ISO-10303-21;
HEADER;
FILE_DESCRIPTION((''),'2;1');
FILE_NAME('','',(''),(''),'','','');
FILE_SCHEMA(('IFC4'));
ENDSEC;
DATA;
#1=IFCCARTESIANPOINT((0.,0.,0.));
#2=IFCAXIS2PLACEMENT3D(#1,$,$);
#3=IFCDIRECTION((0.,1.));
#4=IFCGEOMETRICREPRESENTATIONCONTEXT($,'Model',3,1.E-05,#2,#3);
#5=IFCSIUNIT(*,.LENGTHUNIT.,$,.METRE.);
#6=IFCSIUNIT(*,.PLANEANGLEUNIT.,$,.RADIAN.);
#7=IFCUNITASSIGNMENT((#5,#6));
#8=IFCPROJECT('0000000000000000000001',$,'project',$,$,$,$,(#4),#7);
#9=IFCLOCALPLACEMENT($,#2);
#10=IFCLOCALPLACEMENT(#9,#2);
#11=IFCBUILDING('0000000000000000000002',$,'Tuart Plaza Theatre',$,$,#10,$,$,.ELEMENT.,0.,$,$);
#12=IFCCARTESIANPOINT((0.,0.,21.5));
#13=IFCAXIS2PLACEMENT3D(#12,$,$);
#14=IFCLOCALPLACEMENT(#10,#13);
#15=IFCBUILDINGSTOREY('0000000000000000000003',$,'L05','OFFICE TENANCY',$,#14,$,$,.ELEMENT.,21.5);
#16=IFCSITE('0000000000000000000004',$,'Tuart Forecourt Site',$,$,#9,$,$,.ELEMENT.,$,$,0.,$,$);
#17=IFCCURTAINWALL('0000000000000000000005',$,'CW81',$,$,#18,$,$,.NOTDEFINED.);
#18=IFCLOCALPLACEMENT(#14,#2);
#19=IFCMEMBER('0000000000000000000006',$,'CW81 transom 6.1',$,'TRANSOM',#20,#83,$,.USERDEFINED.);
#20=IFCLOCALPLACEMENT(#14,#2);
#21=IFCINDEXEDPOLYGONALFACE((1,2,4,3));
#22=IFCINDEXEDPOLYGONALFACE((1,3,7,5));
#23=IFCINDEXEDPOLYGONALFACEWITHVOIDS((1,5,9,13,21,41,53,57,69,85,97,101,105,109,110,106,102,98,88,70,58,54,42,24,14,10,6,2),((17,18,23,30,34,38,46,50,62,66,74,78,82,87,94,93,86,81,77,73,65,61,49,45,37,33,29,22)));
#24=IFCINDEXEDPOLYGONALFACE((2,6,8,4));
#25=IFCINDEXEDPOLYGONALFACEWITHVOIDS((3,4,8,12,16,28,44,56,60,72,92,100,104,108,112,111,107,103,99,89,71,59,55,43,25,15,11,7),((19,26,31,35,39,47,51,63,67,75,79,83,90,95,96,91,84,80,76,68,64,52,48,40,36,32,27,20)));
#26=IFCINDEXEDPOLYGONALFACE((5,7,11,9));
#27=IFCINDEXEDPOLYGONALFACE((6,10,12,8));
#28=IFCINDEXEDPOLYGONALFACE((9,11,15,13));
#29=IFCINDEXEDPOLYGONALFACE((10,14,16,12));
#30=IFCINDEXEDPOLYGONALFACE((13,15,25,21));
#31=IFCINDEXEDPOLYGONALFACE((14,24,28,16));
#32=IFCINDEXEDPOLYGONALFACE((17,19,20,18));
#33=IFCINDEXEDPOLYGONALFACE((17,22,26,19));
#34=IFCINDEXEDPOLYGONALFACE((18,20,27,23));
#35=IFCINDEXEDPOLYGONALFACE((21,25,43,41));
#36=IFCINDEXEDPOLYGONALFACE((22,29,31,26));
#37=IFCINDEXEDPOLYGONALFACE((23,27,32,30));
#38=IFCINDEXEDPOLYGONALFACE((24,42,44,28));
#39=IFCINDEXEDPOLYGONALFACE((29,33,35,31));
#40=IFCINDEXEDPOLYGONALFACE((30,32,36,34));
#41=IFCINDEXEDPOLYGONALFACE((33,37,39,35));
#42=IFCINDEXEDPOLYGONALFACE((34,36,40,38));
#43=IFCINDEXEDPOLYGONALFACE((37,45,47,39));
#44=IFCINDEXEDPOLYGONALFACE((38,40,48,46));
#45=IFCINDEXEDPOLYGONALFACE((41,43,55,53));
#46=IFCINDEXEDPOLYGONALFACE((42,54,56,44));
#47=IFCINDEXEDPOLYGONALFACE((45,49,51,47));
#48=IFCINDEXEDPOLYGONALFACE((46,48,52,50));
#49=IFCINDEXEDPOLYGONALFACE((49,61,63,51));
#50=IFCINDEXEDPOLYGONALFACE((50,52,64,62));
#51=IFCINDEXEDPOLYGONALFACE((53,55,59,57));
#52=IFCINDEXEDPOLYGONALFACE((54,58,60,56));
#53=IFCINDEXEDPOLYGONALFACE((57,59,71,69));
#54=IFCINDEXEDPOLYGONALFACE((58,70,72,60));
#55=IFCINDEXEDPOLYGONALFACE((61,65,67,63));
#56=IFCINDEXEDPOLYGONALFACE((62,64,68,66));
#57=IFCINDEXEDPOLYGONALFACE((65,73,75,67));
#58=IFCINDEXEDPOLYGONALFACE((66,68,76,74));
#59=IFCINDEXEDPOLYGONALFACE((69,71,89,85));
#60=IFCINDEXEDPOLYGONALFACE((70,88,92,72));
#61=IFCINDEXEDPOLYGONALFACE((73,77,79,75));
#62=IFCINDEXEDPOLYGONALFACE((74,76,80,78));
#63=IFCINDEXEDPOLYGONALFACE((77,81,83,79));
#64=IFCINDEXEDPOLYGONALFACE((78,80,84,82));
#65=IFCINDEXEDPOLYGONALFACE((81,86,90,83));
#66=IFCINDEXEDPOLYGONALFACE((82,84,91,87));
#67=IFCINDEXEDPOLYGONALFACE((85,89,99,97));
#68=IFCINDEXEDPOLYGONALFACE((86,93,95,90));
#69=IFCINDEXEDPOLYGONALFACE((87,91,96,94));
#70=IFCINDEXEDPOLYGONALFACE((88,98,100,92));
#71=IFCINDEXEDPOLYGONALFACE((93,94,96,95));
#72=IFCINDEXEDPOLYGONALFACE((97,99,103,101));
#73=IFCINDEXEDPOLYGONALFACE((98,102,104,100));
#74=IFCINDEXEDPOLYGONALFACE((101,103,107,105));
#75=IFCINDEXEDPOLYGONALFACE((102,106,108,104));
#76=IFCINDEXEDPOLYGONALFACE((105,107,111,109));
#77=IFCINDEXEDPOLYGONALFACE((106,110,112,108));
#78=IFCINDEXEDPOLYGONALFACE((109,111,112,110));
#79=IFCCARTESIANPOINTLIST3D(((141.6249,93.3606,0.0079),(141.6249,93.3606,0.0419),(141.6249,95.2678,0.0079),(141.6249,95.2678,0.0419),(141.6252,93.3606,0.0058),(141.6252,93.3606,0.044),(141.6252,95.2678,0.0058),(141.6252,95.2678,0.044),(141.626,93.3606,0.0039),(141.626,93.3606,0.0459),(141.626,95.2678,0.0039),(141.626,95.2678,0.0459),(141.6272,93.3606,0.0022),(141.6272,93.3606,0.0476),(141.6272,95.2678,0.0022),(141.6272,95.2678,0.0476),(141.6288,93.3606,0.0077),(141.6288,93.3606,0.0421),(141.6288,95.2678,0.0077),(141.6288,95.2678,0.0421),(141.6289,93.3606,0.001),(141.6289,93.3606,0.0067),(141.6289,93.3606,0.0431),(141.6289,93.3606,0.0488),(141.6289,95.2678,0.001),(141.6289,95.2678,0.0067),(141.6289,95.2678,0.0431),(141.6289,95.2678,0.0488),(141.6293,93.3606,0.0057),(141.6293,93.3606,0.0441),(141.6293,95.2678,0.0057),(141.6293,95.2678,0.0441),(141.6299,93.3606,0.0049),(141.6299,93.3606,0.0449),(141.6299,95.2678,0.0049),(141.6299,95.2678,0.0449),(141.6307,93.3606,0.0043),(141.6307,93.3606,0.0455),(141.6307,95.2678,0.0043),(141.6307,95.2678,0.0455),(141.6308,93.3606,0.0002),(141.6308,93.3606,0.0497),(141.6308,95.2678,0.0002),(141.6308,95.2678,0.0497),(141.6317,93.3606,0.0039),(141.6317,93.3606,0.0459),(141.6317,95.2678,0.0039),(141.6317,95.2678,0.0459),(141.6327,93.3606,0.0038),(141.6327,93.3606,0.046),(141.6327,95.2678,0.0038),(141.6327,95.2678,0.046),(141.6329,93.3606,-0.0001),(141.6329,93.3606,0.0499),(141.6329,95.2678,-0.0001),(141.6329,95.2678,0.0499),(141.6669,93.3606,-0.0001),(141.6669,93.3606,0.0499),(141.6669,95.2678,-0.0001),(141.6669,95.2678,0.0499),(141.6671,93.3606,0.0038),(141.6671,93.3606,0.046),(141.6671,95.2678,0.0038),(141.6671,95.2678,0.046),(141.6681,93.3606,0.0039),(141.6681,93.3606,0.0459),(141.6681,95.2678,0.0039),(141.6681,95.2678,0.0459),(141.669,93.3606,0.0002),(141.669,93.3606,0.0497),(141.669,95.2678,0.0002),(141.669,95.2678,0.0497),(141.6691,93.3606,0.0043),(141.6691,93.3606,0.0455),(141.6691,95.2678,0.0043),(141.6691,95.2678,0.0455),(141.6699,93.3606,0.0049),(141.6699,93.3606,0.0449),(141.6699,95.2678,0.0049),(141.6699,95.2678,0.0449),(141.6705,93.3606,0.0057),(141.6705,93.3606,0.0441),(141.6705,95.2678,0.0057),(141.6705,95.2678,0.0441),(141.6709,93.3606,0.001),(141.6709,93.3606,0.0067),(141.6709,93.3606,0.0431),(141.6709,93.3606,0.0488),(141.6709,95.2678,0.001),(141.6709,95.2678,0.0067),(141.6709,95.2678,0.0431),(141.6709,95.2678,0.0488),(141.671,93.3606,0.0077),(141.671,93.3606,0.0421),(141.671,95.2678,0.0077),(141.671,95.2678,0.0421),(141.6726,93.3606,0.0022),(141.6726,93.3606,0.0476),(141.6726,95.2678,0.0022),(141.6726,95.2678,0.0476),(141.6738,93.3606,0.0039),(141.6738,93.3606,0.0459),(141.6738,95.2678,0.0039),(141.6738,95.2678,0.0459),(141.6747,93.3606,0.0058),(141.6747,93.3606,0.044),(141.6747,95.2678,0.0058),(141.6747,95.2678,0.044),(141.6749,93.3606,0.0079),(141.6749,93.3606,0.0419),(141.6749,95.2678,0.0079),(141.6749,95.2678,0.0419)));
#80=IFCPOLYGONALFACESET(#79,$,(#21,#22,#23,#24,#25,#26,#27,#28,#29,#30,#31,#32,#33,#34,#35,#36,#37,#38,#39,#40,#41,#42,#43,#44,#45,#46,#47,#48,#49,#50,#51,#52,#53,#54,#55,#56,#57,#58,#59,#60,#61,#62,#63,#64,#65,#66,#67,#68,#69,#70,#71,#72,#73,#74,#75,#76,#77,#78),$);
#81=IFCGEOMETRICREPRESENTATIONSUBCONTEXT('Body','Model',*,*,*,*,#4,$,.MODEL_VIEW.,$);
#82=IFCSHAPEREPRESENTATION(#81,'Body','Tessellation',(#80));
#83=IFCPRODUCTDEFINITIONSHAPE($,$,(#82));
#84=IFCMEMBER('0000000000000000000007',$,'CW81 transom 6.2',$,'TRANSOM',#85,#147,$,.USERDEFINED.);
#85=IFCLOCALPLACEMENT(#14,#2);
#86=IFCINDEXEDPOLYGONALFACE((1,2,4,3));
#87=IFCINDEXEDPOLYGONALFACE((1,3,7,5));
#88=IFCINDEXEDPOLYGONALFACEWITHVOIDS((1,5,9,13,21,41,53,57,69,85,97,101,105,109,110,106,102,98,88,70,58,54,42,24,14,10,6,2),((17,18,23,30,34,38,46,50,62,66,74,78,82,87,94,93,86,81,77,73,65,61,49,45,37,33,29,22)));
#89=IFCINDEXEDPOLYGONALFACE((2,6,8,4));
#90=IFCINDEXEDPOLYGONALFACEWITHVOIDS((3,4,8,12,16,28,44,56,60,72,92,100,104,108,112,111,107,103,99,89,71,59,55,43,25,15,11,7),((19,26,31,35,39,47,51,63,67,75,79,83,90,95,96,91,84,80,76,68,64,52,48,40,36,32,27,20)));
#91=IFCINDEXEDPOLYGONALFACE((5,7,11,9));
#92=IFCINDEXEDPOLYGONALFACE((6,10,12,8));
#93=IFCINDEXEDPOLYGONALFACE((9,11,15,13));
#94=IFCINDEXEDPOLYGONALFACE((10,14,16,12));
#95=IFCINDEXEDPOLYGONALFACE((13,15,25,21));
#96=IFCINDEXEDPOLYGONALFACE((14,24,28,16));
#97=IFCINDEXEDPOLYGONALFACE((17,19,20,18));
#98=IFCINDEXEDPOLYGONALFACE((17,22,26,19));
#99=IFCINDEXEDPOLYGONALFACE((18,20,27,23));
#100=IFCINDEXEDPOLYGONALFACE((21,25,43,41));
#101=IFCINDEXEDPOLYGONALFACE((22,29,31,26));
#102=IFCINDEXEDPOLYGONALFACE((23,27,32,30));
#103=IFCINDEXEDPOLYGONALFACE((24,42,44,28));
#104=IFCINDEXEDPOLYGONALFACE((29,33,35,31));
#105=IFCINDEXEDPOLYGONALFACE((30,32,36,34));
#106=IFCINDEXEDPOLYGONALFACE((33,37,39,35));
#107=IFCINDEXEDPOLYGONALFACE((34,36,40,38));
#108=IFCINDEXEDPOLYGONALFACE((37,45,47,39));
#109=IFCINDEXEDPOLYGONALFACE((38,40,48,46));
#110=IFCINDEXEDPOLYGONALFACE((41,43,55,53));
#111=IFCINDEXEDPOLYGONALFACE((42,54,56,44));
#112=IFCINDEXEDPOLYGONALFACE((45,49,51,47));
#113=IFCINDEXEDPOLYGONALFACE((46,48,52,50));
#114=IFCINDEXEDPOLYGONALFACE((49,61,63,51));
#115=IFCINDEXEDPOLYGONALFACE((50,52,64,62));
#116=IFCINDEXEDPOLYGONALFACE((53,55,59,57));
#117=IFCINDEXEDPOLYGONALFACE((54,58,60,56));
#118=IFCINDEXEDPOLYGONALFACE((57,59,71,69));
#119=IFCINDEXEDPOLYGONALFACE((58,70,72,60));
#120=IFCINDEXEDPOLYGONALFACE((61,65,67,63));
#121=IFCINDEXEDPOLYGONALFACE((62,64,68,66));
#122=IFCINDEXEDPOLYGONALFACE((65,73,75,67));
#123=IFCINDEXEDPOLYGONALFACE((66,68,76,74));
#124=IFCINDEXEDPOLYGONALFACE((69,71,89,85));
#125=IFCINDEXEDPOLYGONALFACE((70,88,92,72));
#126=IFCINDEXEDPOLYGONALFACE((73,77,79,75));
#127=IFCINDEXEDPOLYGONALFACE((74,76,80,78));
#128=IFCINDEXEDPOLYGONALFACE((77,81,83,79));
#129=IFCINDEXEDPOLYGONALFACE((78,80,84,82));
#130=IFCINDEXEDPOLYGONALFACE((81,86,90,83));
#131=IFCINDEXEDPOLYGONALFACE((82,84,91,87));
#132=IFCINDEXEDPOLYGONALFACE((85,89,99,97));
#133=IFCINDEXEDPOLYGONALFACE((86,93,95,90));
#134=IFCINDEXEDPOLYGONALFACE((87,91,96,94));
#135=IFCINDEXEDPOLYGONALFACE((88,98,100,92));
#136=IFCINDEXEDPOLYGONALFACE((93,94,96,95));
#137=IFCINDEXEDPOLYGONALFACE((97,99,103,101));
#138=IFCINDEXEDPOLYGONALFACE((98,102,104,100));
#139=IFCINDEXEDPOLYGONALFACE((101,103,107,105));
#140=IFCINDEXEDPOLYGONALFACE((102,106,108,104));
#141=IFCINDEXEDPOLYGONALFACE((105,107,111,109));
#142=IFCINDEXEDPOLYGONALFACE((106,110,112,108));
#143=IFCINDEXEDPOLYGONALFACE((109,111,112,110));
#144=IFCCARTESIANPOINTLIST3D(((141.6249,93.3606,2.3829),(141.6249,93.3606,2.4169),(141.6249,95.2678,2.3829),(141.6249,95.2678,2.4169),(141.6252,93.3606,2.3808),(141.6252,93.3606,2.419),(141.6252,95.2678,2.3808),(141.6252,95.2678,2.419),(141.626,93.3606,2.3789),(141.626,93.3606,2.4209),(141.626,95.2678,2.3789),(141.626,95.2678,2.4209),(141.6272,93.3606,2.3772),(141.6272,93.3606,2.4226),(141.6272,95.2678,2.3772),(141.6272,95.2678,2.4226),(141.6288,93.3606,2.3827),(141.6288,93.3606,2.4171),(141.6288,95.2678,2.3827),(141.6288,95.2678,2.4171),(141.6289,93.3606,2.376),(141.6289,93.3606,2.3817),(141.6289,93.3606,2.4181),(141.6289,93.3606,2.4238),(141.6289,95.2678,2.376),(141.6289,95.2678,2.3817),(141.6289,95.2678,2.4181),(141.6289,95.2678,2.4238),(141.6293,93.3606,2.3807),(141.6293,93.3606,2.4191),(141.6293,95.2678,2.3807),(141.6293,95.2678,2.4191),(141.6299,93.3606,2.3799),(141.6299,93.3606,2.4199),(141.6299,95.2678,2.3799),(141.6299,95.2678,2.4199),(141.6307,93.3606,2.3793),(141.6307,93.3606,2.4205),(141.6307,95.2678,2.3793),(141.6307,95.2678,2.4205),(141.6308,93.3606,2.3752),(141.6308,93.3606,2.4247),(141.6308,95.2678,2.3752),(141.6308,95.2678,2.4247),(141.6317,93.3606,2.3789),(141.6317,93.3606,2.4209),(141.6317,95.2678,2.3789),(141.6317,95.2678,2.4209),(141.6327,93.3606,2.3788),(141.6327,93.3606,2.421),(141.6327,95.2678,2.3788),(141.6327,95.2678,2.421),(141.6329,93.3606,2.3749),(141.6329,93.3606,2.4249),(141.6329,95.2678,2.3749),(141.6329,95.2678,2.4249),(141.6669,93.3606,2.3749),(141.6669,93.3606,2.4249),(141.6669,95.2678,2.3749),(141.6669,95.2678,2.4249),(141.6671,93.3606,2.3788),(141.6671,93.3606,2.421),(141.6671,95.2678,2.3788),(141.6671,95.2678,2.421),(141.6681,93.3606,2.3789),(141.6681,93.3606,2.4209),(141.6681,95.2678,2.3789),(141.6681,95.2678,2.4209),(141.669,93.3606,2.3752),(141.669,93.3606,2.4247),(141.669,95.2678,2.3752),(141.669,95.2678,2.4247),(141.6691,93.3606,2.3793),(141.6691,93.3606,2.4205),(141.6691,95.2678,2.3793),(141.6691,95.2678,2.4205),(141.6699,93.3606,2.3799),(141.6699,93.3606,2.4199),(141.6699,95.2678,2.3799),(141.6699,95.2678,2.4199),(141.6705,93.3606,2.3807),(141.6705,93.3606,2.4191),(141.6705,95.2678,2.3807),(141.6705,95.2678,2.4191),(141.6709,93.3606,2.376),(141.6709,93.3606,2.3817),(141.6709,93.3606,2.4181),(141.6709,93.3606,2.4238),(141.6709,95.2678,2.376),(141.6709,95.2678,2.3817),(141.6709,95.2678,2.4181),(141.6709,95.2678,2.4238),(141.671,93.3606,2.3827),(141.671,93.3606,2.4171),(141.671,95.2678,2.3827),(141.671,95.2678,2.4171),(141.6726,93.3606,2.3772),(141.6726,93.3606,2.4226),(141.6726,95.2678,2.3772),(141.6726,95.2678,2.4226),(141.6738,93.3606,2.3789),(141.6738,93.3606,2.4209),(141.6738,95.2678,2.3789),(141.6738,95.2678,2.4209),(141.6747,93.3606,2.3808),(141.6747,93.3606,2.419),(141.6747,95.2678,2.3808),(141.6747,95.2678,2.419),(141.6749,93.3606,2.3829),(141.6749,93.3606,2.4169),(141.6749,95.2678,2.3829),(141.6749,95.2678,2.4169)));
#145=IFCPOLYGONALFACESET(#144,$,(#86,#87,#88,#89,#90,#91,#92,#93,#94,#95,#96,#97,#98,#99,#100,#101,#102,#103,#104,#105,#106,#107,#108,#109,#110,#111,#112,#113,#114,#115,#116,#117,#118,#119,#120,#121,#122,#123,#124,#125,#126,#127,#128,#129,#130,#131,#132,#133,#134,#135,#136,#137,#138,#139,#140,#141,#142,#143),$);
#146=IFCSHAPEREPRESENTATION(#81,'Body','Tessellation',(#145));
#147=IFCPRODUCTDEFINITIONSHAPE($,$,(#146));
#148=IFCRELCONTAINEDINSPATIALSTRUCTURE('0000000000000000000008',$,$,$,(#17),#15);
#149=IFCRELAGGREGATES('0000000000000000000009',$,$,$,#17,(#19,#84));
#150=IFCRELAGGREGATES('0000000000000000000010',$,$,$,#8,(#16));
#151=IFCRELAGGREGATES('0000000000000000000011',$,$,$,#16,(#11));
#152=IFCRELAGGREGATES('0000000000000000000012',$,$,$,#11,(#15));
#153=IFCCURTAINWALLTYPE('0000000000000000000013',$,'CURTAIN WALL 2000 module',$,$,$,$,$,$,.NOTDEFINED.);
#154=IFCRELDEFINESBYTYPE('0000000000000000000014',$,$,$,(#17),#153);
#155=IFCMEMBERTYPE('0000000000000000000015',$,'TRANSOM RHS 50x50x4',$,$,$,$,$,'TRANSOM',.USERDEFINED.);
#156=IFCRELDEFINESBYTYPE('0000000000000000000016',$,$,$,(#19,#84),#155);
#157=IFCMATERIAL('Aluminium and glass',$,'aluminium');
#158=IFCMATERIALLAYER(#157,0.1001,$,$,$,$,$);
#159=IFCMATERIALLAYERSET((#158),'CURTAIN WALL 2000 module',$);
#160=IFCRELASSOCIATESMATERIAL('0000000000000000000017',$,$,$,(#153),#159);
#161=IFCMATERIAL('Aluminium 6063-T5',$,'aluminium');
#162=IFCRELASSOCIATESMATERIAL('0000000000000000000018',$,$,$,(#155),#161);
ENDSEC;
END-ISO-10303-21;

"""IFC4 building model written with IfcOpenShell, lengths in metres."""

from ifc_helpers import new_model, si_unit, direction, frame, origin, origin_2d, place, context, subcontext, project, spatial, hollow_rectangle, extrude, material, layer, layer_set, material_profile, profile_set, type_object, element, aggregate, save


model = new_model("IFC4")

# Units and contexts
model_context = context("Model", 3, precision=1e-05, world=origin(), true_north=direction((0.0, 1.0)))
body_context = subcontext(model_context, "Body", "Model", "MODEL_VIEW")
ifc_project = project(units=[si_unit("LENGTHUNIT", "METRE"), si_unit("PLANEANGLEUNIT", "RADIAN")], contexts=[model_context])

# Site, building, storey
site_placement = place(None, origin())
site = spatial("IfcSite", under=ifc_project, at=site_placement, Name="Tuart Forecourt Site", CompositionType="ELEMENT", RefElevation=0.0)
building_placement = place(site_placement, origin())
building = spatial("IfcBuilding", under=site, at=building_placement, Name="Tuart Plaza Theatre", CompositionType="ELEMENT", ElevationOfRefHeight=0.0)
storey_placement = place(building_placement, frame((0.0, 0.0, 21.5)))
storey = spatial("IfcBuildingStorey", under=building, at=storey_placement, Name="L05", Description="OFFICE TENANCY", CompositionType="ELEMENT", Elevation=21.5)

# Curtain wall
ifc_material_1 = material(Name="Aluminium and glass", Category="aluminium")
ifc_layer_1 = layer(ifc_material_1, 0.1001)
ifc_layer_set_1 = layer_set([ifc_layer_1], Name="CURTAIN WALL 2000 module")
curtain_wall_type = type_object("IfcCurtainWallType", Name="CURTAIN WALL 2000 module", PredefinedType="NOTDEFINED", material=ifc_layer_set_1)
curtain_wall_1_placement = place(storey_placement, origin())
curtain_wall_1 = element("IfcCurtainWall", 1, at=curtain_wall_1_placement, inside=storey, type_object=curtain_wall_type, Name="CW81", PredefinedType="NOTDEFINED")

# Members
ifc_material_2 = material(Name="Aluminium 6063-T5", Category="aluminium")
ifc_material_profile_1 = material_profile(ifc_material_2, hollow_rectangle(XDim=0.05, YDim=0.05, WallThickness=0.0039, InnerFilletRadius=0.0039, OuterFilletRadius=0.0081, at=origin_2d()), Name="RHS 50x50x4")
ifc_profile_set_1 = profile_set([ifc_material_profile_1], Name="Aluminium 6063-T5")
member_type_1 = type_object("IfcMemberType", Name="TRANSOM RHS 50x50x4", ElementType="TRANSOM", PredefinedType="USERDEFINED", material=ifc_profile_set_1)
member_1_placement = place(storey_placement, frame((141.6499, 93.3606, 0.0249), z_axis=(0.0, 1.0, 0.0), x_axis=(-1.0, 0.0, 0.0)))
member_1 = element("IfcMember", 2, at=member_1_placement, type_object=member_type_1, Name="CW81 transom 6.1", ObjectType="TRANSOM", PredefinedType="USERDEFINED", context=body_context, shape_type="SweptSolid", body=[
    extrude(hollow_rectangle(XDim=0.05, YDim=0.05, WallThickness=0.0039, InnerFilletRadius=0.0039, OuterFilletRadius=0.0081, at=origin_2d()), origin(), (0.0, 0.0, 1.0), 1.9072),
])
member_2_placement = place(storey_placement, frame((141.6499, 93.3606, 2.3999), z_axis=(0.0, 1.0, 0.0), x_axis=(-1.0, 0.0, 0.0)))
member_2 = element("IfcMember", 3, at=member_2_placement, type_object=member_type_1, Name="CW81 transom 6.2", ObjectType="TRANSOM", PredefinedType="USERDEFINED", context=body_context, shape_type="SweptSolid", body=[
    extrude(hollow_rectangle(XDim=0.05, YDim=0.05, WallThickness=0.0039, InnerFilletRadius=0.0039, OuterFilletRadius=0.0081, at=origin_2d()), origin(), (0.0, 0.0, 1.0), 1.9072),
])

aggregate(curtain_wall_1, [member_1, member_2])

save(model, "model.ifc")
